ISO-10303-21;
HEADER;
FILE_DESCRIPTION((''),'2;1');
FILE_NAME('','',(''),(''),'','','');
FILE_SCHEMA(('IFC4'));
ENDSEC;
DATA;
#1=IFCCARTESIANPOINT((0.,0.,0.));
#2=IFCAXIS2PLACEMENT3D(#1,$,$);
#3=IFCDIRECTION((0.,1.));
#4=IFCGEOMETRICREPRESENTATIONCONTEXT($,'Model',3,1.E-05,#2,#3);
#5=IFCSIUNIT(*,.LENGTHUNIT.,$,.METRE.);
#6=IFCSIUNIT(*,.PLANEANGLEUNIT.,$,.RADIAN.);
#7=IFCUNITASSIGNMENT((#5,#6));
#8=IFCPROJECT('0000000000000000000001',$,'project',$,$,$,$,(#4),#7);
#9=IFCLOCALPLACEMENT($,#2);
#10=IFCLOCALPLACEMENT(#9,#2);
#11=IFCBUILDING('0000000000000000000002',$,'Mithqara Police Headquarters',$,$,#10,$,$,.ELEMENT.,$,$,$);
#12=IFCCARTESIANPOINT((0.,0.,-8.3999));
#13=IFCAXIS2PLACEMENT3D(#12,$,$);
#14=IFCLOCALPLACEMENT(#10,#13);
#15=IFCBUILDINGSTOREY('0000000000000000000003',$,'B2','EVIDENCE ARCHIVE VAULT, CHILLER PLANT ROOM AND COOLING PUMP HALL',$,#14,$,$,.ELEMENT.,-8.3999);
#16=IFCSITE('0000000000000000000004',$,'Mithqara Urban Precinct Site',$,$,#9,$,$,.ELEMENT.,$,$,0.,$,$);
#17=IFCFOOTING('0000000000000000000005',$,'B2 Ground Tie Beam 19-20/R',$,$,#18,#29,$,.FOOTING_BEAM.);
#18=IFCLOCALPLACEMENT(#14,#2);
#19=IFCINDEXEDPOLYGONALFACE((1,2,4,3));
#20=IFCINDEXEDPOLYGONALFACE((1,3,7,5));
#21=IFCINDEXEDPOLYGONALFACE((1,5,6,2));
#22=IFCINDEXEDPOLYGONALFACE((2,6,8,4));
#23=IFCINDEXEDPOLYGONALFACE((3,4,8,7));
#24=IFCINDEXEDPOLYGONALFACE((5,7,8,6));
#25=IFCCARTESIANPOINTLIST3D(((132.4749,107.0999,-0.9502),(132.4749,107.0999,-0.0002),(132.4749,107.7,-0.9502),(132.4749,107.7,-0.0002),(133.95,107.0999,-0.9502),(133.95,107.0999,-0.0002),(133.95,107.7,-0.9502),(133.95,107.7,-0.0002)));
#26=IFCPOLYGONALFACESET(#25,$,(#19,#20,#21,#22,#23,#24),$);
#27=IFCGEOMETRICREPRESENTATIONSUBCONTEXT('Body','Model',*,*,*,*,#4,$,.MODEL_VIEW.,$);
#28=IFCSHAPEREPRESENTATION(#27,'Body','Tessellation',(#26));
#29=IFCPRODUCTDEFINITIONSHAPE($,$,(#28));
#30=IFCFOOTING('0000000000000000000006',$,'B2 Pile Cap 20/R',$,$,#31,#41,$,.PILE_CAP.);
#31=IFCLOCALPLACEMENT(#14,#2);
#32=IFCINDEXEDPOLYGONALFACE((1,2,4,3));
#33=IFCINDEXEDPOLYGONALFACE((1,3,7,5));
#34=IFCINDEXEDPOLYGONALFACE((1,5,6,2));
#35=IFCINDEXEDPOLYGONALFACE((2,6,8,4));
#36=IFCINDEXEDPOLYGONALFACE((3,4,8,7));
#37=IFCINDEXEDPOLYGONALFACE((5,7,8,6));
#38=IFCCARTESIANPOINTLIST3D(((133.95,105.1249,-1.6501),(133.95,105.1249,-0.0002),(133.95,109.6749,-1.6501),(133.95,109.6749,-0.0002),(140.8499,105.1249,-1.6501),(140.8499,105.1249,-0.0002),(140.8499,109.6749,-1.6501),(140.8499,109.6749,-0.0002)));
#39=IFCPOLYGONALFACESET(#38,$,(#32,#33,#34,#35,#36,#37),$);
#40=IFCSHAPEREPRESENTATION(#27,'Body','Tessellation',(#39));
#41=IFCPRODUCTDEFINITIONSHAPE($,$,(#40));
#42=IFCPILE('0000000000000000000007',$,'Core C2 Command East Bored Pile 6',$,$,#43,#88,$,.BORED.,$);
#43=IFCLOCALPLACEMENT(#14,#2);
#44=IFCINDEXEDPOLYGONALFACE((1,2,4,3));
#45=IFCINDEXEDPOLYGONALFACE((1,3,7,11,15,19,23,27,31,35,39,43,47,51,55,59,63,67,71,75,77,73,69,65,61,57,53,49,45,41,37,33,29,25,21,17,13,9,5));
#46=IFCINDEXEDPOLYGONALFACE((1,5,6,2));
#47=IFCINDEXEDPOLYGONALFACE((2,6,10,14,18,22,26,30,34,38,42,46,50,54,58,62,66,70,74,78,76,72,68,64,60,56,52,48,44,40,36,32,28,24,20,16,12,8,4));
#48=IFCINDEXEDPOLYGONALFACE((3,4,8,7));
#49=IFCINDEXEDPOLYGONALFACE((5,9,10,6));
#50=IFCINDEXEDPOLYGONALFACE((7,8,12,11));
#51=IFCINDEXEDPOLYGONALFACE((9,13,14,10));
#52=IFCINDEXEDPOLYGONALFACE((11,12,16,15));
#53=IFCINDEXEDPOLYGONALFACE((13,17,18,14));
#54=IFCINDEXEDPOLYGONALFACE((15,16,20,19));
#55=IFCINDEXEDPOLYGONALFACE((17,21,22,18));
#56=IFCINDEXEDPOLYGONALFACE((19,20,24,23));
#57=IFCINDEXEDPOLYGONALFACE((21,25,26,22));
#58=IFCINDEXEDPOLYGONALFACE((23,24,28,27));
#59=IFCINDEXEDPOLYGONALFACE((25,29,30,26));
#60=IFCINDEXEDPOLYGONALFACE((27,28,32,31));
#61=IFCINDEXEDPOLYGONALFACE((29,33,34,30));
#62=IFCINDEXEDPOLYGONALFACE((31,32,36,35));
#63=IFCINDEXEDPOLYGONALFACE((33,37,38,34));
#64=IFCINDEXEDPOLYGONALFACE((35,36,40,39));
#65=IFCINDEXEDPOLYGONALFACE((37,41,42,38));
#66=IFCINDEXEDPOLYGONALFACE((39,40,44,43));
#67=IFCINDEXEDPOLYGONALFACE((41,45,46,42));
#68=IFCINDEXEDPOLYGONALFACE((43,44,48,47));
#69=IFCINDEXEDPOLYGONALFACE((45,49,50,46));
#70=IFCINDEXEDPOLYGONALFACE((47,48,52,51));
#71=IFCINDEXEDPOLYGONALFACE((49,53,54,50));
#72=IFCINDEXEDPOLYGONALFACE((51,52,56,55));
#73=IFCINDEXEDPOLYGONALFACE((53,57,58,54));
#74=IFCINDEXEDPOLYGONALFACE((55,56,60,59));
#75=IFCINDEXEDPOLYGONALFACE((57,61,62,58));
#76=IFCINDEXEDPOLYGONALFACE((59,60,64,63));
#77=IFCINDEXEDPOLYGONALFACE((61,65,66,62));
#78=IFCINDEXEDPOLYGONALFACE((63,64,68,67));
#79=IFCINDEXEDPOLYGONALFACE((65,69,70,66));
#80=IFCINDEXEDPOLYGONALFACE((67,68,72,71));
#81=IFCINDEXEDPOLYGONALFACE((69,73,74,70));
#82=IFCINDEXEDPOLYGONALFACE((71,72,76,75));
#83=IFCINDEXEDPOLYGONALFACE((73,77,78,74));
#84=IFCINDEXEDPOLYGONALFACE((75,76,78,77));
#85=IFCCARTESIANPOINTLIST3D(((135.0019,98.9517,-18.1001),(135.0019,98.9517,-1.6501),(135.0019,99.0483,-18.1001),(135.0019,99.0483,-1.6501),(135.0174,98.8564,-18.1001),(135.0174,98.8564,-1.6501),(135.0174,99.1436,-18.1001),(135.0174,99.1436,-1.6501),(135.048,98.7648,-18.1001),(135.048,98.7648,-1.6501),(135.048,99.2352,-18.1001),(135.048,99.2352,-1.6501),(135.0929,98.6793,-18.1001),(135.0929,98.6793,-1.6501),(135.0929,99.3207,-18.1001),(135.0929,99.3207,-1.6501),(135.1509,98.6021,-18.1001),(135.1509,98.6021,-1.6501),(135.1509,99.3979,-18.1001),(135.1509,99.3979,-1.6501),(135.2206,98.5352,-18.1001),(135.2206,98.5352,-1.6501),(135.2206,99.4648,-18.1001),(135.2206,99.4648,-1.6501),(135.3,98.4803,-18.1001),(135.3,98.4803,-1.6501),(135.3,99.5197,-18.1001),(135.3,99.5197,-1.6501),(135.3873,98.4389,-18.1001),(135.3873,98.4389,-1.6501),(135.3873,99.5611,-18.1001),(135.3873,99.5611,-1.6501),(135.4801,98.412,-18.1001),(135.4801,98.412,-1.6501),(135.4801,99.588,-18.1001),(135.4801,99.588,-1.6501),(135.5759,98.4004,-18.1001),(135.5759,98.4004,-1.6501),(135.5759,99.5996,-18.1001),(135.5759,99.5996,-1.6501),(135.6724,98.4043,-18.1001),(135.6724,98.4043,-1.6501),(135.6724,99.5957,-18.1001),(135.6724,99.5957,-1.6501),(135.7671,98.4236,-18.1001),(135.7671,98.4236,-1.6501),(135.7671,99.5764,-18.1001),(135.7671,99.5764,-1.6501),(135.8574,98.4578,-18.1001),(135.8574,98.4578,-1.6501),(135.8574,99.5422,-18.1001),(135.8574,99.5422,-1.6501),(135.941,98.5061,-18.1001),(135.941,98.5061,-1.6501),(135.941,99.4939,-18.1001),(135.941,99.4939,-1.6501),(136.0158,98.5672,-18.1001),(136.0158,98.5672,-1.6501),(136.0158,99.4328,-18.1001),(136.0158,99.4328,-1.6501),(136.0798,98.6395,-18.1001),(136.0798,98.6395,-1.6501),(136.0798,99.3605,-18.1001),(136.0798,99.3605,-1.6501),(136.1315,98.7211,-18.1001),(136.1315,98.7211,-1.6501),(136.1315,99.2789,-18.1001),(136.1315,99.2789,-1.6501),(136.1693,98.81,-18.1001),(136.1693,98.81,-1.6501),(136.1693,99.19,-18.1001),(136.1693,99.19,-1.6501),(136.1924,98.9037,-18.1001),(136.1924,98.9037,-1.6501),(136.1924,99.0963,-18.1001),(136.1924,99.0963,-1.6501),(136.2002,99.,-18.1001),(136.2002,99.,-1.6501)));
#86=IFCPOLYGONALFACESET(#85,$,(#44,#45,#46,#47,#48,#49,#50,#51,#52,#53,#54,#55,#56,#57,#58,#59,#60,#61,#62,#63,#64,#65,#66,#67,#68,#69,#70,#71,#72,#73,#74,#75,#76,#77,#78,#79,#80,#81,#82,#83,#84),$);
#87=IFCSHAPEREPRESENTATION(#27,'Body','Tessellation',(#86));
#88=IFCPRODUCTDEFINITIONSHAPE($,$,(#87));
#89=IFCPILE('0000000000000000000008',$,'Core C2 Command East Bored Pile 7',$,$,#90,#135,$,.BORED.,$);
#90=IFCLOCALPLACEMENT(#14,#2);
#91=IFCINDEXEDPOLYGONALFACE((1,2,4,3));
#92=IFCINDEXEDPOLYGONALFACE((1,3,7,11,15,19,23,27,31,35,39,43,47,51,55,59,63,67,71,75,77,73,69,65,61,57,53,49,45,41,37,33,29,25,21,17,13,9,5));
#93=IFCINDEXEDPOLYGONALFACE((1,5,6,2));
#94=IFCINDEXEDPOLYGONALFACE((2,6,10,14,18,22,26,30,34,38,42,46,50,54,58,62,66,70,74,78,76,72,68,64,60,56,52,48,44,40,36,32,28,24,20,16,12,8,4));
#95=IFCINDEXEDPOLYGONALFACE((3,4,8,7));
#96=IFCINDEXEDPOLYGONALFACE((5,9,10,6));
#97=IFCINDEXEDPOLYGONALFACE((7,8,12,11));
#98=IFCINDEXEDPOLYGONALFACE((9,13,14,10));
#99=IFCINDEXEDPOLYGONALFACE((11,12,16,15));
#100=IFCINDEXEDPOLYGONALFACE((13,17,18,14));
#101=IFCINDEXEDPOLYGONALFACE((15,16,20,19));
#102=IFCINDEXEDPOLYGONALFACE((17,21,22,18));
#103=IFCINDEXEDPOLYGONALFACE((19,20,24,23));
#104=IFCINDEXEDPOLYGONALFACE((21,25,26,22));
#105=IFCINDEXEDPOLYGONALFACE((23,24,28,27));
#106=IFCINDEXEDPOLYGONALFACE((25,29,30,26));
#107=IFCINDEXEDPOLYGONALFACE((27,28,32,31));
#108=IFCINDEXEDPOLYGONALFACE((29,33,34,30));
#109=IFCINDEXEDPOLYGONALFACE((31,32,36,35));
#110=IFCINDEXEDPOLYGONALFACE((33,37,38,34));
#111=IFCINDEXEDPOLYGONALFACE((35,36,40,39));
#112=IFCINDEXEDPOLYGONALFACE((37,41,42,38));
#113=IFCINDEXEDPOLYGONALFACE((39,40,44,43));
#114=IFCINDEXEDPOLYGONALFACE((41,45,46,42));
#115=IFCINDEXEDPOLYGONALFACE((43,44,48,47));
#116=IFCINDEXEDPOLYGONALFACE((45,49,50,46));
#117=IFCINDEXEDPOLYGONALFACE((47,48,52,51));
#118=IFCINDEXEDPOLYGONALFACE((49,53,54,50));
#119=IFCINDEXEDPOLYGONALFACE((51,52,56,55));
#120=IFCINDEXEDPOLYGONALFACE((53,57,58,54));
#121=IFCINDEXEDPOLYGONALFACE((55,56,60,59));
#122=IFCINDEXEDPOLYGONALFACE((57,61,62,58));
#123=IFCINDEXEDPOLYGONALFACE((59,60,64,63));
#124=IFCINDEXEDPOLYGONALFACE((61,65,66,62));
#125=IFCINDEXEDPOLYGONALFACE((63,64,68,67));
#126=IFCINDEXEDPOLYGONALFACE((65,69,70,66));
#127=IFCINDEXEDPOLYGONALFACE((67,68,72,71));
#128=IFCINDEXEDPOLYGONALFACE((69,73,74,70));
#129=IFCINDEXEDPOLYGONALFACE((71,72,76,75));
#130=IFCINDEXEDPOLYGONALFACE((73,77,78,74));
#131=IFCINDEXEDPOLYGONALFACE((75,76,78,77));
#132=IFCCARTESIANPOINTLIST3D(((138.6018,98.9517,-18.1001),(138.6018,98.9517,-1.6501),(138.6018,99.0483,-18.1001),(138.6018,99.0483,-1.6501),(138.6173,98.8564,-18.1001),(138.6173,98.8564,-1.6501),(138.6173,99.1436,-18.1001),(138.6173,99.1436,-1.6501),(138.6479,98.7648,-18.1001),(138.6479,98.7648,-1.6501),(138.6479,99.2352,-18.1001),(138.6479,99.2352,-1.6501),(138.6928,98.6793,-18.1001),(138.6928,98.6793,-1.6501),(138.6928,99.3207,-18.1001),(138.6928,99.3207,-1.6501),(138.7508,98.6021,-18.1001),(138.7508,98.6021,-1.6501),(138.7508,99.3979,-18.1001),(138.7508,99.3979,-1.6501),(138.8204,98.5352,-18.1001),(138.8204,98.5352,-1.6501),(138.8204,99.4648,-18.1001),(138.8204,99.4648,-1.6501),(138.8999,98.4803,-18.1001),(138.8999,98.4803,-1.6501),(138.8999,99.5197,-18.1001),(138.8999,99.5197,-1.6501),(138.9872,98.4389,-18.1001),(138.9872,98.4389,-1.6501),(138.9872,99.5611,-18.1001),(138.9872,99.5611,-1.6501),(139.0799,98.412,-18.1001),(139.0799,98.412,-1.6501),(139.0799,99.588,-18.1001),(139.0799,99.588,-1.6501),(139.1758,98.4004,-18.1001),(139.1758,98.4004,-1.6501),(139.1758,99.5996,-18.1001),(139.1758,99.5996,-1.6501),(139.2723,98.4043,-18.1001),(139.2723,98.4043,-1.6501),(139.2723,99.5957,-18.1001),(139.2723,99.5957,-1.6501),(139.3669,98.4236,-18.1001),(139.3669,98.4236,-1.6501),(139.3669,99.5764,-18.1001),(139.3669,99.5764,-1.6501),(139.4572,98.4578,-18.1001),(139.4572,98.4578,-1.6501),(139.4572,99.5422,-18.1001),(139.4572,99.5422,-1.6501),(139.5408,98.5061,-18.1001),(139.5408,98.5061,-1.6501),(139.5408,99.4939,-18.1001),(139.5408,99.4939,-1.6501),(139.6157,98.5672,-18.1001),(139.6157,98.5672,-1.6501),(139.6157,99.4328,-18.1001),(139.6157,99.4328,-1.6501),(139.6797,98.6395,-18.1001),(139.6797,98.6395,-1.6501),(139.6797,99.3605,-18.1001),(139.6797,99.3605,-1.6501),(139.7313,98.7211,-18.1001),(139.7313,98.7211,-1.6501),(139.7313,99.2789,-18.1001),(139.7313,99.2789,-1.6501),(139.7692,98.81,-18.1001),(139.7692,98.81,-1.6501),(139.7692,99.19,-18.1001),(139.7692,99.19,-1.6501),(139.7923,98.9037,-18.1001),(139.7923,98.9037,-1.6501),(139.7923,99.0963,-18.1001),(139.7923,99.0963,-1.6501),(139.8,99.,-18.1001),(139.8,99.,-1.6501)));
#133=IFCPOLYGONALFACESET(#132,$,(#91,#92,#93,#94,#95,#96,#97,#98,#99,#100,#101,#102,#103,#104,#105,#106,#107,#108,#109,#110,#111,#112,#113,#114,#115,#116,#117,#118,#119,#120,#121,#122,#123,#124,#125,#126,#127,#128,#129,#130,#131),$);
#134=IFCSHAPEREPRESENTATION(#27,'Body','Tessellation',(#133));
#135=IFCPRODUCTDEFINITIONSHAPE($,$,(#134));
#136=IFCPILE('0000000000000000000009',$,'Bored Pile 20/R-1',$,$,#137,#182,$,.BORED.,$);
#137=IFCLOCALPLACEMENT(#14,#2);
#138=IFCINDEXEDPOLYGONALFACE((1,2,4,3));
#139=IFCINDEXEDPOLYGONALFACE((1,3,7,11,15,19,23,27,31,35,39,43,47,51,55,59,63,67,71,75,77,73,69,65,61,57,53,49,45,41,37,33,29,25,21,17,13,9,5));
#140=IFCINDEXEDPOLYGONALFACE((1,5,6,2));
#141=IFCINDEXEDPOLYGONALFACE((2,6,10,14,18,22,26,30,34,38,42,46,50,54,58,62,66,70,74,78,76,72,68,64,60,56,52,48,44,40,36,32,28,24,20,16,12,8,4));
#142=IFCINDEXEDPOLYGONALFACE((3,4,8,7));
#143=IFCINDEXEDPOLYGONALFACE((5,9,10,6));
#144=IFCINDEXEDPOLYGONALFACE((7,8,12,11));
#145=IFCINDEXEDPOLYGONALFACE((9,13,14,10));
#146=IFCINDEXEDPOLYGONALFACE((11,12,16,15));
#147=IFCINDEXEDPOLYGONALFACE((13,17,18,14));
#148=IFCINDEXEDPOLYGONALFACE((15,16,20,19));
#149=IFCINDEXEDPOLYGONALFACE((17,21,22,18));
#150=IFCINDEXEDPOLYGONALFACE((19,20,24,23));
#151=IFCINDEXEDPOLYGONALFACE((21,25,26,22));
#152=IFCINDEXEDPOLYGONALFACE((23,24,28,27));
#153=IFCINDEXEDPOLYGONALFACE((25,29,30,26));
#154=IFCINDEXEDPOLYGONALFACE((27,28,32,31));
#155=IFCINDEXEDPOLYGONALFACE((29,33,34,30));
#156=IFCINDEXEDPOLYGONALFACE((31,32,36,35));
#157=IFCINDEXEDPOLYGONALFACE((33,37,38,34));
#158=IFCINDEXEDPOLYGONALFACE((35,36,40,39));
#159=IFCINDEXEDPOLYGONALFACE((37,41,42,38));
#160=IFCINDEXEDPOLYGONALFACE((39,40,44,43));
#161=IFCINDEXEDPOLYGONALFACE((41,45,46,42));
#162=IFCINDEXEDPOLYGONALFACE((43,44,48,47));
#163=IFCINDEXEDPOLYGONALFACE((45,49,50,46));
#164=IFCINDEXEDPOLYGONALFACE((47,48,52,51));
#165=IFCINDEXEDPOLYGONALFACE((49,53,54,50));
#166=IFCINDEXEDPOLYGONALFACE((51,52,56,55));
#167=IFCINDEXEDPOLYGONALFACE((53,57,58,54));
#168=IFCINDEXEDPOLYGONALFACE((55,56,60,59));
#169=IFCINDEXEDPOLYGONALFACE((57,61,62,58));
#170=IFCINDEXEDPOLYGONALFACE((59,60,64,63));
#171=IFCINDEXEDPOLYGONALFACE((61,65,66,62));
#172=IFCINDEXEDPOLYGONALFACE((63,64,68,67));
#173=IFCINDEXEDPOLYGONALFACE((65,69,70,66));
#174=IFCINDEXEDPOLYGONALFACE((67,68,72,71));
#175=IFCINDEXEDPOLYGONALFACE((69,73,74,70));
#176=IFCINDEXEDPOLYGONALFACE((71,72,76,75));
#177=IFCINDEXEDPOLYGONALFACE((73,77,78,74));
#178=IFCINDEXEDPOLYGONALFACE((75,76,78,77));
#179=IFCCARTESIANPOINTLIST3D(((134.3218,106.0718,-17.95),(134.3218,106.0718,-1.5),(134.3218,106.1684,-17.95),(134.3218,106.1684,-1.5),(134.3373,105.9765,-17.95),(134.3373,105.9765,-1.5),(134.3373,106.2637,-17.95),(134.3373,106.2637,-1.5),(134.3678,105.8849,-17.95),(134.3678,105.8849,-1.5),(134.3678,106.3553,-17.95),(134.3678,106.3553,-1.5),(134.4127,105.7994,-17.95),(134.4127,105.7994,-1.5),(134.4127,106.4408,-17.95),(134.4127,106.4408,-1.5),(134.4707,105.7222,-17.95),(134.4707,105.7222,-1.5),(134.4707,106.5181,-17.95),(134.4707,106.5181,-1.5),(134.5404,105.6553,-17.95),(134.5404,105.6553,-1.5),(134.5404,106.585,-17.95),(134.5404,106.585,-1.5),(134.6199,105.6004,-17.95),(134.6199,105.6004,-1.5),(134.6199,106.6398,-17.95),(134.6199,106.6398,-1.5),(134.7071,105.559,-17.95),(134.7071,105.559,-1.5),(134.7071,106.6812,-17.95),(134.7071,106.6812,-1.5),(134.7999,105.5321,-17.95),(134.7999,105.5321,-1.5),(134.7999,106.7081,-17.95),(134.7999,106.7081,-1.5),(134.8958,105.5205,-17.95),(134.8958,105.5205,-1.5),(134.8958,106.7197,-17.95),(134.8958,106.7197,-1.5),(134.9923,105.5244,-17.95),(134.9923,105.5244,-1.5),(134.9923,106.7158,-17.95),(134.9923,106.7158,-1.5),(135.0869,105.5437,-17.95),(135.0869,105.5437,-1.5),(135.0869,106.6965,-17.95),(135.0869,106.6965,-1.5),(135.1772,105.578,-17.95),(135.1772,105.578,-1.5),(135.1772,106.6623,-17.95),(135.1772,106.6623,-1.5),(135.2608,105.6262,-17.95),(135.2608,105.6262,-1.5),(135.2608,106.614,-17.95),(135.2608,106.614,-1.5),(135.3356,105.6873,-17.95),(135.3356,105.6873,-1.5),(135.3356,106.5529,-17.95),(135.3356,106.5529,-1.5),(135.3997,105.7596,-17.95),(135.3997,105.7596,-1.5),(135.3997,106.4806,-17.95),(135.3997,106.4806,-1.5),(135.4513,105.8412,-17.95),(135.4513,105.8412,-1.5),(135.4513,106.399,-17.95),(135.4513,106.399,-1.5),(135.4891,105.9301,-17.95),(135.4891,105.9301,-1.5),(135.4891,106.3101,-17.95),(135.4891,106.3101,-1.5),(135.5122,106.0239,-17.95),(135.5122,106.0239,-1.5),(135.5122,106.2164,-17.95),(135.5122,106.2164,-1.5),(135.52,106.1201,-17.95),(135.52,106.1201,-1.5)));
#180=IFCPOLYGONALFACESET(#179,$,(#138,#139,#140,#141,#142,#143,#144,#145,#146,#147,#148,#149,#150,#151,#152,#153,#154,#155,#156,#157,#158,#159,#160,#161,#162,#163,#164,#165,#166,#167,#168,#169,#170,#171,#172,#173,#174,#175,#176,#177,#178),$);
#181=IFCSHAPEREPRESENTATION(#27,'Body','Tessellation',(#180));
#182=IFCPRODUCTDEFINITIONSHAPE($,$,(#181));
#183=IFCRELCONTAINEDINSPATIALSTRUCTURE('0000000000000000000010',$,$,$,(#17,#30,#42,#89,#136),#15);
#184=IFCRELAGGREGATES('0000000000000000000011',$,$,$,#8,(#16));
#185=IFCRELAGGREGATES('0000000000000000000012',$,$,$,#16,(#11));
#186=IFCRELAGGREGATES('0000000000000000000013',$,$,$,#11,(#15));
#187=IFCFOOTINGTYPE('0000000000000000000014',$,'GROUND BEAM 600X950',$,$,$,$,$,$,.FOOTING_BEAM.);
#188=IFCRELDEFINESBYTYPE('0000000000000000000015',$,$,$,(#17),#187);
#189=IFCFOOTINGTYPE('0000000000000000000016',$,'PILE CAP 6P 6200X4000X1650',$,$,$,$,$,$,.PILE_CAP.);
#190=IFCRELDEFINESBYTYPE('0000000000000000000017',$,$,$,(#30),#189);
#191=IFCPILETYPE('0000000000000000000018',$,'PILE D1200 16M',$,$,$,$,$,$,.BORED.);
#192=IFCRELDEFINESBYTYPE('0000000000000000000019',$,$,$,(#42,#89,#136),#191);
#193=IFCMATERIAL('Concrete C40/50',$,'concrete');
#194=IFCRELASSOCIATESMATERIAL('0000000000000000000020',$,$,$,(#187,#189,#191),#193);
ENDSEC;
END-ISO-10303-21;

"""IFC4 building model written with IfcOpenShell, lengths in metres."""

from ifc_helpers import new_model, si_unit, direction, frame, origin, origin_2d, place, context, subcontext, project, spatial, rectangle, circle, extrude, material, material_profile, profile_set, type_object, element, save


model = new_model("IFC4")

# Units and contexts
model_context = context("Model", 3, precision=1e-05, world=origin(), true_north=direction((0.0, 1.0)))
body_context = subcontext(model_context, "Body", "Model", "MODEL_VIEW")
ifc_project = project(units=[si_unit("LENGTHUNIT", "METRE"), si_unit("PLANEANGLEUNIT", "RADIAN")], contexts=[model_context])

# Site, building, storey
site_placement = place(None, origin())
site = spatial("IfcSite", under=ifc_project, at=site_placement, Name="Mithqara Urban Precinct Site", CompositionType="ELEMENT", RefElevation=0.0)
building_placement = place(site_placement, origin())
building = spatial("IfcBuilding", under=site, at=building_placement, Name="Mithqara Police Headquarters", CompositionType="ELEMENT")
storey_placement = place(building_placement, frame((0.0, 0.0, -8.3999)))
storey = spatial("IfcBuildingStorey", under=building, at=storey_placement, Name="B2", Description="EVIDENCE ARCHIVE VAULT, CHILLER PLANT ROOM AND COOLING PUMP HALL", CompositionType="ELEMENT", Elevation=-8.3999)

# Footings
ifc_material_1 = material(Name="Concrete C40/50", Category="concrete")
footing_type_1 = type_object("IfcFootingType", Name="GROUND BEAM 600X950", PredefinedType="FOOTING_BEAM", material=ifc_material_1)
footing_1_placement = place(storey_placement, frame((133.2124, 107.3999, -0.9502), z_axis=(0.0, 0.0, 1.0), x_axis=(1.0, 0.0, 0.0)))
element("IfcFooting", 1, at=footing_1_placement, inside=storey, type_object=footing_type_1, Name="B2 Ground Tie Beam 19-20/R", PredefinedType="FOOTING_BEAM", context=body_context, shape_type="SweptSolid", body=[
    extrude(rectangle(XDim=1.4751, YDim=0.6001, at=origin_2d()), origin(), (0.0, 0.0, 1.0), 0.95),
])
footing_type_2 = type_object("IfcFootingType", Name="PILE CAP 6P 6200X4000X1650", PredefinedType="PILE_CAP", material=ifc_material_1)
footing_2_placement = place(storey_placement, frame((137.3999, 107.3999, -1.6501), z_axis=(0.0, 0.0, 1.0), x_axis=(1.0, 0.0, 0.0)))
element("IfcFooting", 2, at=footing_2_placement, inside=storey, type_object=footing_type_2, Name="B2 Pile Cap 20/R", PredefinedType="PILE_CAP", context=body_context, shape_type="SweptSolid", body=[
    extrude(rectangle(XDim=6.8999, YDim=4.55, at=origin_2d()), origin(), (0.0, 0.0, 1.0), 1.6499),
])

# Piles
ifc_material_profile_1 = material_profile(ifc_material_1, circle(Radius=0.6001, at=origin_2d()), Name="PILE D1200")
ifc_profile_set_1 = profile_set([ifc_material_profile_1], Name="Concrete C40/50")
pile_type = type_object("IfcPileType", Name="PILE D1200 16M", PredefinedType="BORED", material=ifc_profile_set_1)
for number, where, z_axis, x_axis, name in (
    (3, (135.6001, 99.0, -1.6501), (0.0, 0.0, -1.0), (1.0, 0.0, 0.0), "Core C2 Command East Bored Pile 6"),
    (4, (139.2, 99.0, -1.6501), (0.0, 0.0, -1.0), (1.0, 0.0, 0.0), "Core C2 Command East Bored Pile 7"),
    (5, (134.9199, 106.1201, -1.5), (0.0, 0.0, -1.0), (1.0, 0.0, 0.0), "Bored Pile 20/R-1"),
):
    element("IfcPile", number, at=place(storey_placement, frame(where, z_axis=z_axis, x_axis=x_axis)), inside=storey, type_object=pile_type, Name=name, PredefinedType="BORED", context=body_context, shape_type="SweptSolid", body=[
        extrude(circle(Radius=0.6001, at=origin_2d()), origin(), (0.0, 0.0, 1.0), 16.45),
    ])

save(model, "model.ifc")
